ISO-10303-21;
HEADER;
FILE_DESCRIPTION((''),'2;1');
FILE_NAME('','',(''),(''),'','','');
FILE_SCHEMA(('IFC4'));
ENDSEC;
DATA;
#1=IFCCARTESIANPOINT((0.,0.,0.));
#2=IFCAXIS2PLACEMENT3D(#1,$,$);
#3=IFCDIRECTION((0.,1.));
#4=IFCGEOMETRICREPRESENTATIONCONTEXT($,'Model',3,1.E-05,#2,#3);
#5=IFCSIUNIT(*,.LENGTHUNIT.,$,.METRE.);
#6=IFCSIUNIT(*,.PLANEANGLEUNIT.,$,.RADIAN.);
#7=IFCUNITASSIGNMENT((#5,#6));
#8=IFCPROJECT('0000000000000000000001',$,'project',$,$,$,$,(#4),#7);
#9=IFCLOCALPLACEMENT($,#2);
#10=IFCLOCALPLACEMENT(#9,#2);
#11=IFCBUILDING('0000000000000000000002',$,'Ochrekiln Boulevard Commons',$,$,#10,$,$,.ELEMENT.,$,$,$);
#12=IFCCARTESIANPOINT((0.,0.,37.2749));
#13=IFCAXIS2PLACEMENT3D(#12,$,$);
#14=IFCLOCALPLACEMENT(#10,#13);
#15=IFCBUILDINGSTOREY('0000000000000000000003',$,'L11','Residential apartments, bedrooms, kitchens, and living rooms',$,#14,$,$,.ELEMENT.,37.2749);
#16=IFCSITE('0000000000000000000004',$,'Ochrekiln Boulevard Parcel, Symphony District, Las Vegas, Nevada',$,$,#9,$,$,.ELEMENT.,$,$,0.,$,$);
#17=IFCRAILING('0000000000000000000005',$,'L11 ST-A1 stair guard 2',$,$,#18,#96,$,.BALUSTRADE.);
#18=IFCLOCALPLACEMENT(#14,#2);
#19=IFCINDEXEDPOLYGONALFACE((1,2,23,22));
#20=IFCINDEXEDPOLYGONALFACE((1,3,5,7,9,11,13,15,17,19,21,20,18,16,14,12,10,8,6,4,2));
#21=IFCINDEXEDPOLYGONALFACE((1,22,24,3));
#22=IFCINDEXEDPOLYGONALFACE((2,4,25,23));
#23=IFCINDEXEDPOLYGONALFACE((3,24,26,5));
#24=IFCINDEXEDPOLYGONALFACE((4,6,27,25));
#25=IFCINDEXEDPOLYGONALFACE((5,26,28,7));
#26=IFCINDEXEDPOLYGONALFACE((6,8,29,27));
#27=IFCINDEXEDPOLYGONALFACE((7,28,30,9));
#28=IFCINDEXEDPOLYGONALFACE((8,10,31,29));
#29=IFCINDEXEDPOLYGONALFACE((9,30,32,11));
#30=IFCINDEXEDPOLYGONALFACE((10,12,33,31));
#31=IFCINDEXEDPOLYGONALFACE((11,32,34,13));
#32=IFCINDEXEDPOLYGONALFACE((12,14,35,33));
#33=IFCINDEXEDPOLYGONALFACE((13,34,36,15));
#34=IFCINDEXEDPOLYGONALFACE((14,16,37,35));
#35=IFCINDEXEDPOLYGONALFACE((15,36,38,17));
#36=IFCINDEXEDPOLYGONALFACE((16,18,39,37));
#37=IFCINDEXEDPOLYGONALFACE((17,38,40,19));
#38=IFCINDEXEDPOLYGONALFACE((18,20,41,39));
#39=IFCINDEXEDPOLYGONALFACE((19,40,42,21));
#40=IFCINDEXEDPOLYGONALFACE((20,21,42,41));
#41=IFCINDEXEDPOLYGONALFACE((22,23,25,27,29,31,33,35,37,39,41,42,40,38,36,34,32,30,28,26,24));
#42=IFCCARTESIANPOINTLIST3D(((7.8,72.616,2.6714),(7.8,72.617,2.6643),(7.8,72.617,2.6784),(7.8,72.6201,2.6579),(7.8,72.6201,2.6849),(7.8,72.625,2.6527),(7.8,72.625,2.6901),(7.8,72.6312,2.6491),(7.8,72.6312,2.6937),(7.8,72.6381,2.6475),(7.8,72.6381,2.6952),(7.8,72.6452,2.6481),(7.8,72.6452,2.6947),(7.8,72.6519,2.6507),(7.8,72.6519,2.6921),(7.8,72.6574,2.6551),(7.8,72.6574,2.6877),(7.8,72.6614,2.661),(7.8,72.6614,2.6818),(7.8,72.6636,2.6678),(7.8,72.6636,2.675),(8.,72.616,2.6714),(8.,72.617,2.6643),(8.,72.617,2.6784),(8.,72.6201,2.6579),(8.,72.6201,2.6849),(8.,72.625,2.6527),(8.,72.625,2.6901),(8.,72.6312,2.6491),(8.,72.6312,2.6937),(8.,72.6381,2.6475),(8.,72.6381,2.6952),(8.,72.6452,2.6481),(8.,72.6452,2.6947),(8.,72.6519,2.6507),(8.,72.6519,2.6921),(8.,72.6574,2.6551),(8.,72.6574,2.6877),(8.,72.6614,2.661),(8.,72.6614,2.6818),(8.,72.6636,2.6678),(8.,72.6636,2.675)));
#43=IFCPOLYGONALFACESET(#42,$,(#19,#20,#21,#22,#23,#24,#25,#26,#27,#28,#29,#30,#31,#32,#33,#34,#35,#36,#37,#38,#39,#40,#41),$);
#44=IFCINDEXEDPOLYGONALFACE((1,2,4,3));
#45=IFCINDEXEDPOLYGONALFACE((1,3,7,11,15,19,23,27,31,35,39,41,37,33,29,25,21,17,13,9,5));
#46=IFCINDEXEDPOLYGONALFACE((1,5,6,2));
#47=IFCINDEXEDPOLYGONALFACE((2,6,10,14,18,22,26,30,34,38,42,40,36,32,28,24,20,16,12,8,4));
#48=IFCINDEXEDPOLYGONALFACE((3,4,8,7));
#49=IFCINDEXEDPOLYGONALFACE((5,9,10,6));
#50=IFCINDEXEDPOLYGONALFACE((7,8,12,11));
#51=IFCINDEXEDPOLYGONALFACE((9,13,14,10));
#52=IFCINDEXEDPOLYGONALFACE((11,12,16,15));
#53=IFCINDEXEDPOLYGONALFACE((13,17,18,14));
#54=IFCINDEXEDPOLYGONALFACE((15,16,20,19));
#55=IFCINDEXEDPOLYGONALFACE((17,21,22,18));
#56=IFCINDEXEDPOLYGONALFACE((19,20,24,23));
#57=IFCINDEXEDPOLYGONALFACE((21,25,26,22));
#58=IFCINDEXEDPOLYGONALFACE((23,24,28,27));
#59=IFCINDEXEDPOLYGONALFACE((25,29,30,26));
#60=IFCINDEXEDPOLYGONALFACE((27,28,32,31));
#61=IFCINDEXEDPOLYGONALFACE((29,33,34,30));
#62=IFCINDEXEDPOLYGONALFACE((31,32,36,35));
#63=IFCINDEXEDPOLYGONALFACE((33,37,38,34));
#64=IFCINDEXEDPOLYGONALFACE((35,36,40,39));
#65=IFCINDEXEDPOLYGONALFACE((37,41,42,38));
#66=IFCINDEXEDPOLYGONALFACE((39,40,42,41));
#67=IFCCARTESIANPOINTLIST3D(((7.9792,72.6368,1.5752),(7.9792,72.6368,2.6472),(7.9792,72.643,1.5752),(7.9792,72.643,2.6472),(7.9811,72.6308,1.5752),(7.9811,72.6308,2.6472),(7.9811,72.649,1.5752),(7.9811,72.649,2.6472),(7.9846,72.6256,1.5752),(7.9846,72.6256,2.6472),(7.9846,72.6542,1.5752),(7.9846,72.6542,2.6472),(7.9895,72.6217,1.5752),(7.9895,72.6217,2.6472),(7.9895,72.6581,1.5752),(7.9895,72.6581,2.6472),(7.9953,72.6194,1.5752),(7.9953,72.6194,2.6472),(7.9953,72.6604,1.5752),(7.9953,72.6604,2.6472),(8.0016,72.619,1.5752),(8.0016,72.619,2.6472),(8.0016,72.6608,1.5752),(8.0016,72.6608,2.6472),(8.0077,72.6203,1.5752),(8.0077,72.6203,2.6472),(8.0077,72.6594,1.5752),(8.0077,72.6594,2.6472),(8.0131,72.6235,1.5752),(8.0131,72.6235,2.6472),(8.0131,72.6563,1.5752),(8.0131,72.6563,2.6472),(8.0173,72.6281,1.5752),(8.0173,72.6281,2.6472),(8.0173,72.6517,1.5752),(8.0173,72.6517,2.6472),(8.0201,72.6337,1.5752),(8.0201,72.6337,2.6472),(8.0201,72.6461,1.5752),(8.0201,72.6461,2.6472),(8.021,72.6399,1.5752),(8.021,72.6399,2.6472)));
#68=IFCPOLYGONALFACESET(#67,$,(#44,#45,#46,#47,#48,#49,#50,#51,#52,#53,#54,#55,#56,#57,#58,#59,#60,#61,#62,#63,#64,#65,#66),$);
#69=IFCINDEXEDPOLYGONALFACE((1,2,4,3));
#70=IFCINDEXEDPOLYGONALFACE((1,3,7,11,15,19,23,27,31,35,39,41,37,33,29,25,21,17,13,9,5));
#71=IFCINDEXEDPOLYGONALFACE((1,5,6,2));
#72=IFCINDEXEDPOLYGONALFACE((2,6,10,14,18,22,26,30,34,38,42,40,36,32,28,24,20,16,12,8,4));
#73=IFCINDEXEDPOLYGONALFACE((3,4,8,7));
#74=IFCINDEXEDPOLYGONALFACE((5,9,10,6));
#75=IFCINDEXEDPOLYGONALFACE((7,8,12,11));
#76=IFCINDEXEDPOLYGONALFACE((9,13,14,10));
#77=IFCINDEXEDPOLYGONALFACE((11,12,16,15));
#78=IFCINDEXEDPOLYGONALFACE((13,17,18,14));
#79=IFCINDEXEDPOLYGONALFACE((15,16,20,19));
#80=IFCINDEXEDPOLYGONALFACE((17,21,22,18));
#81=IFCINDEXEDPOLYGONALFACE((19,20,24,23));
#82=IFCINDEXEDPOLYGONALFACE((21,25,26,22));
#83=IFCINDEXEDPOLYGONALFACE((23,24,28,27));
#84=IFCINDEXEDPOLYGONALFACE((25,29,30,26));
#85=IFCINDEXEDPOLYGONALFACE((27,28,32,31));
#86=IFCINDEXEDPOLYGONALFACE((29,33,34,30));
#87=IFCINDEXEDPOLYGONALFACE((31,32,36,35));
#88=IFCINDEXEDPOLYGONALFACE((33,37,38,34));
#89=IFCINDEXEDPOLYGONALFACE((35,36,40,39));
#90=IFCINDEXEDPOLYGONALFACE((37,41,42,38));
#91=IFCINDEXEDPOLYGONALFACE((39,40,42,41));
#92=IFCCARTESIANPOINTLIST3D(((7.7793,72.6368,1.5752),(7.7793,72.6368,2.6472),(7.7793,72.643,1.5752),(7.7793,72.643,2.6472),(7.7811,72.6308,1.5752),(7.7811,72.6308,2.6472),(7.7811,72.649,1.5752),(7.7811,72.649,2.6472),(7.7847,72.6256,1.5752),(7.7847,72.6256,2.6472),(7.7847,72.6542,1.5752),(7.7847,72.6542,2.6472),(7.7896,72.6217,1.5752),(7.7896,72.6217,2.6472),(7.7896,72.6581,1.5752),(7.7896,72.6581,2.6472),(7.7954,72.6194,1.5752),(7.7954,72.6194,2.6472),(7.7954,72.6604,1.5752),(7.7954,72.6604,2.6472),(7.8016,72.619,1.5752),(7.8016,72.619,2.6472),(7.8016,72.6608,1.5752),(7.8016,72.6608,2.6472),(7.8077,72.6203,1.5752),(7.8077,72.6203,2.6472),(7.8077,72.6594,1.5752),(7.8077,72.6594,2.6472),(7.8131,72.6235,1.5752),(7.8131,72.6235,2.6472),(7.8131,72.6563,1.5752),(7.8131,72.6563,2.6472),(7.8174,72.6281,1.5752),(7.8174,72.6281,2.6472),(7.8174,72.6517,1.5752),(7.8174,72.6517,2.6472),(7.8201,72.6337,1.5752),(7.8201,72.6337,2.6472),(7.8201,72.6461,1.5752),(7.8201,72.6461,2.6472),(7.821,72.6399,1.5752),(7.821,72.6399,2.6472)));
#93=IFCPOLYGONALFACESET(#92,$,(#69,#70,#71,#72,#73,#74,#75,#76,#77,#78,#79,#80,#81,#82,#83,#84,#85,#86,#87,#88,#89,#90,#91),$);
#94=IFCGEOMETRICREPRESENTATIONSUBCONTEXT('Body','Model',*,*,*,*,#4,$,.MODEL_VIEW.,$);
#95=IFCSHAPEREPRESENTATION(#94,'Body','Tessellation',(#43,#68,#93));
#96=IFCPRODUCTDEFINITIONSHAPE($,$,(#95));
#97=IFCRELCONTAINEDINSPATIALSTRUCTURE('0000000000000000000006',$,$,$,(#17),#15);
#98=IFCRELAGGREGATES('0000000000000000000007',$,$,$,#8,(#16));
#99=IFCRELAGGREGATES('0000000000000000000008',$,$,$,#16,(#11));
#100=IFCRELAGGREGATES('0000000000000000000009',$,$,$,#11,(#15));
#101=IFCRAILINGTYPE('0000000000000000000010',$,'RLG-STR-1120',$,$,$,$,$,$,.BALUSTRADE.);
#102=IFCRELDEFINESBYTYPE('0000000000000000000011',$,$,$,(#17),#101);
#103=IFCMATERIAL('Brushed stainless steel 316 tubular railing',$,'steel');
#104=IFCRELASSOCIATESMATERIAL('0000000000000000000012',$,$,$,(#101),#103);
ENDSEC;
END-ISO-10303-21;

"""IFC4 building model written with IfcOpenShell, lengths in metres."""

from ifc_helpers import new_model, si_unit, direction, frame, origin, origin_2d, place, context, subcontext, project, spatial, circle, extrude, material, type_object, element, save


model = new_model("IFC4")

# Units and contexts
model_context = context("Model", 3, precision=1e-05, world=origin(), true_north=direction((0.0, 1.0)))
body_context = subcontext(model_context, "Body", "Model", "MODEL_VIEW")
ifc_project = project(units=[si_unit("LENGTHUNIT", "METRE"), si_unit("PLANEANGLEUNIT", "RADIAN")], contexts=[model_context])

# Site, building, storey
site_placement = place(None, origin())
site = spatial("IfcSite", under=ifc_project, at=site_placement, Name="Ochrekiln Boulevard Parcel, Symphony District, Las Vegas, Nevada", CompositionType="ELEMENT", RefElevation=0.0)
building_placement = place(site_placement, origin())
building = spatial("IfcBuilding", under=site, at=building_placement, Name="Ochrekiln Boulevard Commons", CompositionType="ELEMENT")
storey_placement = place(building_placement, frame((0.0, 0.0, 37.2749)))
storey = spatial("IfcBuildingStorey", under=building, at=storey_placement, Name="L11", Description="Residential apartments, bedrooms, kitchens, and living rooms", CompositionType="ELEMENT", Elevation=37.2749)

# Railing
ifc_material_1 = material(Name="Brushed stainless steel 316 tubular railing", Category="steel")
railing_type_1 = type_object("IfcRailingType", Name="RLG-STR-1120", PredefinedType="BALUSTRADE", material=ifc_material_1)
railing_1_placement = place(storey_placement, frame((8.0, 72.6399, 1.5752)))
element("IfcRailing", 1, at=railing_1_placement, inside=storey, type_object=railing_type_1, Name="L11 ST-A1 stair guard 2", PredefinedType="BALUSTRADE", context=body_context, shape_type="SweptSolid", body=[
    extrude(circle(Radius=0.0239, at=origin_2d()), frame((0.0, 0.0, 1.0962), z_axis=(-1.0, 0.0, 0.0), x_axis=(0.0, -1.0, 0.0)), (0.0, 0.0, 1.0), 0.2),
    extrude(circle(Radius=0.021, at=origin_2d()), origin(), (0.0, 0.0, 1.0), 1.072),
    extrude(circle(Radius=0.021, at=origin_2d()), frame((-0.2, 0.0, 0.0)), (0.0, 0.0, 1.0), 1.072),
])

save(model, "model.ifc")
